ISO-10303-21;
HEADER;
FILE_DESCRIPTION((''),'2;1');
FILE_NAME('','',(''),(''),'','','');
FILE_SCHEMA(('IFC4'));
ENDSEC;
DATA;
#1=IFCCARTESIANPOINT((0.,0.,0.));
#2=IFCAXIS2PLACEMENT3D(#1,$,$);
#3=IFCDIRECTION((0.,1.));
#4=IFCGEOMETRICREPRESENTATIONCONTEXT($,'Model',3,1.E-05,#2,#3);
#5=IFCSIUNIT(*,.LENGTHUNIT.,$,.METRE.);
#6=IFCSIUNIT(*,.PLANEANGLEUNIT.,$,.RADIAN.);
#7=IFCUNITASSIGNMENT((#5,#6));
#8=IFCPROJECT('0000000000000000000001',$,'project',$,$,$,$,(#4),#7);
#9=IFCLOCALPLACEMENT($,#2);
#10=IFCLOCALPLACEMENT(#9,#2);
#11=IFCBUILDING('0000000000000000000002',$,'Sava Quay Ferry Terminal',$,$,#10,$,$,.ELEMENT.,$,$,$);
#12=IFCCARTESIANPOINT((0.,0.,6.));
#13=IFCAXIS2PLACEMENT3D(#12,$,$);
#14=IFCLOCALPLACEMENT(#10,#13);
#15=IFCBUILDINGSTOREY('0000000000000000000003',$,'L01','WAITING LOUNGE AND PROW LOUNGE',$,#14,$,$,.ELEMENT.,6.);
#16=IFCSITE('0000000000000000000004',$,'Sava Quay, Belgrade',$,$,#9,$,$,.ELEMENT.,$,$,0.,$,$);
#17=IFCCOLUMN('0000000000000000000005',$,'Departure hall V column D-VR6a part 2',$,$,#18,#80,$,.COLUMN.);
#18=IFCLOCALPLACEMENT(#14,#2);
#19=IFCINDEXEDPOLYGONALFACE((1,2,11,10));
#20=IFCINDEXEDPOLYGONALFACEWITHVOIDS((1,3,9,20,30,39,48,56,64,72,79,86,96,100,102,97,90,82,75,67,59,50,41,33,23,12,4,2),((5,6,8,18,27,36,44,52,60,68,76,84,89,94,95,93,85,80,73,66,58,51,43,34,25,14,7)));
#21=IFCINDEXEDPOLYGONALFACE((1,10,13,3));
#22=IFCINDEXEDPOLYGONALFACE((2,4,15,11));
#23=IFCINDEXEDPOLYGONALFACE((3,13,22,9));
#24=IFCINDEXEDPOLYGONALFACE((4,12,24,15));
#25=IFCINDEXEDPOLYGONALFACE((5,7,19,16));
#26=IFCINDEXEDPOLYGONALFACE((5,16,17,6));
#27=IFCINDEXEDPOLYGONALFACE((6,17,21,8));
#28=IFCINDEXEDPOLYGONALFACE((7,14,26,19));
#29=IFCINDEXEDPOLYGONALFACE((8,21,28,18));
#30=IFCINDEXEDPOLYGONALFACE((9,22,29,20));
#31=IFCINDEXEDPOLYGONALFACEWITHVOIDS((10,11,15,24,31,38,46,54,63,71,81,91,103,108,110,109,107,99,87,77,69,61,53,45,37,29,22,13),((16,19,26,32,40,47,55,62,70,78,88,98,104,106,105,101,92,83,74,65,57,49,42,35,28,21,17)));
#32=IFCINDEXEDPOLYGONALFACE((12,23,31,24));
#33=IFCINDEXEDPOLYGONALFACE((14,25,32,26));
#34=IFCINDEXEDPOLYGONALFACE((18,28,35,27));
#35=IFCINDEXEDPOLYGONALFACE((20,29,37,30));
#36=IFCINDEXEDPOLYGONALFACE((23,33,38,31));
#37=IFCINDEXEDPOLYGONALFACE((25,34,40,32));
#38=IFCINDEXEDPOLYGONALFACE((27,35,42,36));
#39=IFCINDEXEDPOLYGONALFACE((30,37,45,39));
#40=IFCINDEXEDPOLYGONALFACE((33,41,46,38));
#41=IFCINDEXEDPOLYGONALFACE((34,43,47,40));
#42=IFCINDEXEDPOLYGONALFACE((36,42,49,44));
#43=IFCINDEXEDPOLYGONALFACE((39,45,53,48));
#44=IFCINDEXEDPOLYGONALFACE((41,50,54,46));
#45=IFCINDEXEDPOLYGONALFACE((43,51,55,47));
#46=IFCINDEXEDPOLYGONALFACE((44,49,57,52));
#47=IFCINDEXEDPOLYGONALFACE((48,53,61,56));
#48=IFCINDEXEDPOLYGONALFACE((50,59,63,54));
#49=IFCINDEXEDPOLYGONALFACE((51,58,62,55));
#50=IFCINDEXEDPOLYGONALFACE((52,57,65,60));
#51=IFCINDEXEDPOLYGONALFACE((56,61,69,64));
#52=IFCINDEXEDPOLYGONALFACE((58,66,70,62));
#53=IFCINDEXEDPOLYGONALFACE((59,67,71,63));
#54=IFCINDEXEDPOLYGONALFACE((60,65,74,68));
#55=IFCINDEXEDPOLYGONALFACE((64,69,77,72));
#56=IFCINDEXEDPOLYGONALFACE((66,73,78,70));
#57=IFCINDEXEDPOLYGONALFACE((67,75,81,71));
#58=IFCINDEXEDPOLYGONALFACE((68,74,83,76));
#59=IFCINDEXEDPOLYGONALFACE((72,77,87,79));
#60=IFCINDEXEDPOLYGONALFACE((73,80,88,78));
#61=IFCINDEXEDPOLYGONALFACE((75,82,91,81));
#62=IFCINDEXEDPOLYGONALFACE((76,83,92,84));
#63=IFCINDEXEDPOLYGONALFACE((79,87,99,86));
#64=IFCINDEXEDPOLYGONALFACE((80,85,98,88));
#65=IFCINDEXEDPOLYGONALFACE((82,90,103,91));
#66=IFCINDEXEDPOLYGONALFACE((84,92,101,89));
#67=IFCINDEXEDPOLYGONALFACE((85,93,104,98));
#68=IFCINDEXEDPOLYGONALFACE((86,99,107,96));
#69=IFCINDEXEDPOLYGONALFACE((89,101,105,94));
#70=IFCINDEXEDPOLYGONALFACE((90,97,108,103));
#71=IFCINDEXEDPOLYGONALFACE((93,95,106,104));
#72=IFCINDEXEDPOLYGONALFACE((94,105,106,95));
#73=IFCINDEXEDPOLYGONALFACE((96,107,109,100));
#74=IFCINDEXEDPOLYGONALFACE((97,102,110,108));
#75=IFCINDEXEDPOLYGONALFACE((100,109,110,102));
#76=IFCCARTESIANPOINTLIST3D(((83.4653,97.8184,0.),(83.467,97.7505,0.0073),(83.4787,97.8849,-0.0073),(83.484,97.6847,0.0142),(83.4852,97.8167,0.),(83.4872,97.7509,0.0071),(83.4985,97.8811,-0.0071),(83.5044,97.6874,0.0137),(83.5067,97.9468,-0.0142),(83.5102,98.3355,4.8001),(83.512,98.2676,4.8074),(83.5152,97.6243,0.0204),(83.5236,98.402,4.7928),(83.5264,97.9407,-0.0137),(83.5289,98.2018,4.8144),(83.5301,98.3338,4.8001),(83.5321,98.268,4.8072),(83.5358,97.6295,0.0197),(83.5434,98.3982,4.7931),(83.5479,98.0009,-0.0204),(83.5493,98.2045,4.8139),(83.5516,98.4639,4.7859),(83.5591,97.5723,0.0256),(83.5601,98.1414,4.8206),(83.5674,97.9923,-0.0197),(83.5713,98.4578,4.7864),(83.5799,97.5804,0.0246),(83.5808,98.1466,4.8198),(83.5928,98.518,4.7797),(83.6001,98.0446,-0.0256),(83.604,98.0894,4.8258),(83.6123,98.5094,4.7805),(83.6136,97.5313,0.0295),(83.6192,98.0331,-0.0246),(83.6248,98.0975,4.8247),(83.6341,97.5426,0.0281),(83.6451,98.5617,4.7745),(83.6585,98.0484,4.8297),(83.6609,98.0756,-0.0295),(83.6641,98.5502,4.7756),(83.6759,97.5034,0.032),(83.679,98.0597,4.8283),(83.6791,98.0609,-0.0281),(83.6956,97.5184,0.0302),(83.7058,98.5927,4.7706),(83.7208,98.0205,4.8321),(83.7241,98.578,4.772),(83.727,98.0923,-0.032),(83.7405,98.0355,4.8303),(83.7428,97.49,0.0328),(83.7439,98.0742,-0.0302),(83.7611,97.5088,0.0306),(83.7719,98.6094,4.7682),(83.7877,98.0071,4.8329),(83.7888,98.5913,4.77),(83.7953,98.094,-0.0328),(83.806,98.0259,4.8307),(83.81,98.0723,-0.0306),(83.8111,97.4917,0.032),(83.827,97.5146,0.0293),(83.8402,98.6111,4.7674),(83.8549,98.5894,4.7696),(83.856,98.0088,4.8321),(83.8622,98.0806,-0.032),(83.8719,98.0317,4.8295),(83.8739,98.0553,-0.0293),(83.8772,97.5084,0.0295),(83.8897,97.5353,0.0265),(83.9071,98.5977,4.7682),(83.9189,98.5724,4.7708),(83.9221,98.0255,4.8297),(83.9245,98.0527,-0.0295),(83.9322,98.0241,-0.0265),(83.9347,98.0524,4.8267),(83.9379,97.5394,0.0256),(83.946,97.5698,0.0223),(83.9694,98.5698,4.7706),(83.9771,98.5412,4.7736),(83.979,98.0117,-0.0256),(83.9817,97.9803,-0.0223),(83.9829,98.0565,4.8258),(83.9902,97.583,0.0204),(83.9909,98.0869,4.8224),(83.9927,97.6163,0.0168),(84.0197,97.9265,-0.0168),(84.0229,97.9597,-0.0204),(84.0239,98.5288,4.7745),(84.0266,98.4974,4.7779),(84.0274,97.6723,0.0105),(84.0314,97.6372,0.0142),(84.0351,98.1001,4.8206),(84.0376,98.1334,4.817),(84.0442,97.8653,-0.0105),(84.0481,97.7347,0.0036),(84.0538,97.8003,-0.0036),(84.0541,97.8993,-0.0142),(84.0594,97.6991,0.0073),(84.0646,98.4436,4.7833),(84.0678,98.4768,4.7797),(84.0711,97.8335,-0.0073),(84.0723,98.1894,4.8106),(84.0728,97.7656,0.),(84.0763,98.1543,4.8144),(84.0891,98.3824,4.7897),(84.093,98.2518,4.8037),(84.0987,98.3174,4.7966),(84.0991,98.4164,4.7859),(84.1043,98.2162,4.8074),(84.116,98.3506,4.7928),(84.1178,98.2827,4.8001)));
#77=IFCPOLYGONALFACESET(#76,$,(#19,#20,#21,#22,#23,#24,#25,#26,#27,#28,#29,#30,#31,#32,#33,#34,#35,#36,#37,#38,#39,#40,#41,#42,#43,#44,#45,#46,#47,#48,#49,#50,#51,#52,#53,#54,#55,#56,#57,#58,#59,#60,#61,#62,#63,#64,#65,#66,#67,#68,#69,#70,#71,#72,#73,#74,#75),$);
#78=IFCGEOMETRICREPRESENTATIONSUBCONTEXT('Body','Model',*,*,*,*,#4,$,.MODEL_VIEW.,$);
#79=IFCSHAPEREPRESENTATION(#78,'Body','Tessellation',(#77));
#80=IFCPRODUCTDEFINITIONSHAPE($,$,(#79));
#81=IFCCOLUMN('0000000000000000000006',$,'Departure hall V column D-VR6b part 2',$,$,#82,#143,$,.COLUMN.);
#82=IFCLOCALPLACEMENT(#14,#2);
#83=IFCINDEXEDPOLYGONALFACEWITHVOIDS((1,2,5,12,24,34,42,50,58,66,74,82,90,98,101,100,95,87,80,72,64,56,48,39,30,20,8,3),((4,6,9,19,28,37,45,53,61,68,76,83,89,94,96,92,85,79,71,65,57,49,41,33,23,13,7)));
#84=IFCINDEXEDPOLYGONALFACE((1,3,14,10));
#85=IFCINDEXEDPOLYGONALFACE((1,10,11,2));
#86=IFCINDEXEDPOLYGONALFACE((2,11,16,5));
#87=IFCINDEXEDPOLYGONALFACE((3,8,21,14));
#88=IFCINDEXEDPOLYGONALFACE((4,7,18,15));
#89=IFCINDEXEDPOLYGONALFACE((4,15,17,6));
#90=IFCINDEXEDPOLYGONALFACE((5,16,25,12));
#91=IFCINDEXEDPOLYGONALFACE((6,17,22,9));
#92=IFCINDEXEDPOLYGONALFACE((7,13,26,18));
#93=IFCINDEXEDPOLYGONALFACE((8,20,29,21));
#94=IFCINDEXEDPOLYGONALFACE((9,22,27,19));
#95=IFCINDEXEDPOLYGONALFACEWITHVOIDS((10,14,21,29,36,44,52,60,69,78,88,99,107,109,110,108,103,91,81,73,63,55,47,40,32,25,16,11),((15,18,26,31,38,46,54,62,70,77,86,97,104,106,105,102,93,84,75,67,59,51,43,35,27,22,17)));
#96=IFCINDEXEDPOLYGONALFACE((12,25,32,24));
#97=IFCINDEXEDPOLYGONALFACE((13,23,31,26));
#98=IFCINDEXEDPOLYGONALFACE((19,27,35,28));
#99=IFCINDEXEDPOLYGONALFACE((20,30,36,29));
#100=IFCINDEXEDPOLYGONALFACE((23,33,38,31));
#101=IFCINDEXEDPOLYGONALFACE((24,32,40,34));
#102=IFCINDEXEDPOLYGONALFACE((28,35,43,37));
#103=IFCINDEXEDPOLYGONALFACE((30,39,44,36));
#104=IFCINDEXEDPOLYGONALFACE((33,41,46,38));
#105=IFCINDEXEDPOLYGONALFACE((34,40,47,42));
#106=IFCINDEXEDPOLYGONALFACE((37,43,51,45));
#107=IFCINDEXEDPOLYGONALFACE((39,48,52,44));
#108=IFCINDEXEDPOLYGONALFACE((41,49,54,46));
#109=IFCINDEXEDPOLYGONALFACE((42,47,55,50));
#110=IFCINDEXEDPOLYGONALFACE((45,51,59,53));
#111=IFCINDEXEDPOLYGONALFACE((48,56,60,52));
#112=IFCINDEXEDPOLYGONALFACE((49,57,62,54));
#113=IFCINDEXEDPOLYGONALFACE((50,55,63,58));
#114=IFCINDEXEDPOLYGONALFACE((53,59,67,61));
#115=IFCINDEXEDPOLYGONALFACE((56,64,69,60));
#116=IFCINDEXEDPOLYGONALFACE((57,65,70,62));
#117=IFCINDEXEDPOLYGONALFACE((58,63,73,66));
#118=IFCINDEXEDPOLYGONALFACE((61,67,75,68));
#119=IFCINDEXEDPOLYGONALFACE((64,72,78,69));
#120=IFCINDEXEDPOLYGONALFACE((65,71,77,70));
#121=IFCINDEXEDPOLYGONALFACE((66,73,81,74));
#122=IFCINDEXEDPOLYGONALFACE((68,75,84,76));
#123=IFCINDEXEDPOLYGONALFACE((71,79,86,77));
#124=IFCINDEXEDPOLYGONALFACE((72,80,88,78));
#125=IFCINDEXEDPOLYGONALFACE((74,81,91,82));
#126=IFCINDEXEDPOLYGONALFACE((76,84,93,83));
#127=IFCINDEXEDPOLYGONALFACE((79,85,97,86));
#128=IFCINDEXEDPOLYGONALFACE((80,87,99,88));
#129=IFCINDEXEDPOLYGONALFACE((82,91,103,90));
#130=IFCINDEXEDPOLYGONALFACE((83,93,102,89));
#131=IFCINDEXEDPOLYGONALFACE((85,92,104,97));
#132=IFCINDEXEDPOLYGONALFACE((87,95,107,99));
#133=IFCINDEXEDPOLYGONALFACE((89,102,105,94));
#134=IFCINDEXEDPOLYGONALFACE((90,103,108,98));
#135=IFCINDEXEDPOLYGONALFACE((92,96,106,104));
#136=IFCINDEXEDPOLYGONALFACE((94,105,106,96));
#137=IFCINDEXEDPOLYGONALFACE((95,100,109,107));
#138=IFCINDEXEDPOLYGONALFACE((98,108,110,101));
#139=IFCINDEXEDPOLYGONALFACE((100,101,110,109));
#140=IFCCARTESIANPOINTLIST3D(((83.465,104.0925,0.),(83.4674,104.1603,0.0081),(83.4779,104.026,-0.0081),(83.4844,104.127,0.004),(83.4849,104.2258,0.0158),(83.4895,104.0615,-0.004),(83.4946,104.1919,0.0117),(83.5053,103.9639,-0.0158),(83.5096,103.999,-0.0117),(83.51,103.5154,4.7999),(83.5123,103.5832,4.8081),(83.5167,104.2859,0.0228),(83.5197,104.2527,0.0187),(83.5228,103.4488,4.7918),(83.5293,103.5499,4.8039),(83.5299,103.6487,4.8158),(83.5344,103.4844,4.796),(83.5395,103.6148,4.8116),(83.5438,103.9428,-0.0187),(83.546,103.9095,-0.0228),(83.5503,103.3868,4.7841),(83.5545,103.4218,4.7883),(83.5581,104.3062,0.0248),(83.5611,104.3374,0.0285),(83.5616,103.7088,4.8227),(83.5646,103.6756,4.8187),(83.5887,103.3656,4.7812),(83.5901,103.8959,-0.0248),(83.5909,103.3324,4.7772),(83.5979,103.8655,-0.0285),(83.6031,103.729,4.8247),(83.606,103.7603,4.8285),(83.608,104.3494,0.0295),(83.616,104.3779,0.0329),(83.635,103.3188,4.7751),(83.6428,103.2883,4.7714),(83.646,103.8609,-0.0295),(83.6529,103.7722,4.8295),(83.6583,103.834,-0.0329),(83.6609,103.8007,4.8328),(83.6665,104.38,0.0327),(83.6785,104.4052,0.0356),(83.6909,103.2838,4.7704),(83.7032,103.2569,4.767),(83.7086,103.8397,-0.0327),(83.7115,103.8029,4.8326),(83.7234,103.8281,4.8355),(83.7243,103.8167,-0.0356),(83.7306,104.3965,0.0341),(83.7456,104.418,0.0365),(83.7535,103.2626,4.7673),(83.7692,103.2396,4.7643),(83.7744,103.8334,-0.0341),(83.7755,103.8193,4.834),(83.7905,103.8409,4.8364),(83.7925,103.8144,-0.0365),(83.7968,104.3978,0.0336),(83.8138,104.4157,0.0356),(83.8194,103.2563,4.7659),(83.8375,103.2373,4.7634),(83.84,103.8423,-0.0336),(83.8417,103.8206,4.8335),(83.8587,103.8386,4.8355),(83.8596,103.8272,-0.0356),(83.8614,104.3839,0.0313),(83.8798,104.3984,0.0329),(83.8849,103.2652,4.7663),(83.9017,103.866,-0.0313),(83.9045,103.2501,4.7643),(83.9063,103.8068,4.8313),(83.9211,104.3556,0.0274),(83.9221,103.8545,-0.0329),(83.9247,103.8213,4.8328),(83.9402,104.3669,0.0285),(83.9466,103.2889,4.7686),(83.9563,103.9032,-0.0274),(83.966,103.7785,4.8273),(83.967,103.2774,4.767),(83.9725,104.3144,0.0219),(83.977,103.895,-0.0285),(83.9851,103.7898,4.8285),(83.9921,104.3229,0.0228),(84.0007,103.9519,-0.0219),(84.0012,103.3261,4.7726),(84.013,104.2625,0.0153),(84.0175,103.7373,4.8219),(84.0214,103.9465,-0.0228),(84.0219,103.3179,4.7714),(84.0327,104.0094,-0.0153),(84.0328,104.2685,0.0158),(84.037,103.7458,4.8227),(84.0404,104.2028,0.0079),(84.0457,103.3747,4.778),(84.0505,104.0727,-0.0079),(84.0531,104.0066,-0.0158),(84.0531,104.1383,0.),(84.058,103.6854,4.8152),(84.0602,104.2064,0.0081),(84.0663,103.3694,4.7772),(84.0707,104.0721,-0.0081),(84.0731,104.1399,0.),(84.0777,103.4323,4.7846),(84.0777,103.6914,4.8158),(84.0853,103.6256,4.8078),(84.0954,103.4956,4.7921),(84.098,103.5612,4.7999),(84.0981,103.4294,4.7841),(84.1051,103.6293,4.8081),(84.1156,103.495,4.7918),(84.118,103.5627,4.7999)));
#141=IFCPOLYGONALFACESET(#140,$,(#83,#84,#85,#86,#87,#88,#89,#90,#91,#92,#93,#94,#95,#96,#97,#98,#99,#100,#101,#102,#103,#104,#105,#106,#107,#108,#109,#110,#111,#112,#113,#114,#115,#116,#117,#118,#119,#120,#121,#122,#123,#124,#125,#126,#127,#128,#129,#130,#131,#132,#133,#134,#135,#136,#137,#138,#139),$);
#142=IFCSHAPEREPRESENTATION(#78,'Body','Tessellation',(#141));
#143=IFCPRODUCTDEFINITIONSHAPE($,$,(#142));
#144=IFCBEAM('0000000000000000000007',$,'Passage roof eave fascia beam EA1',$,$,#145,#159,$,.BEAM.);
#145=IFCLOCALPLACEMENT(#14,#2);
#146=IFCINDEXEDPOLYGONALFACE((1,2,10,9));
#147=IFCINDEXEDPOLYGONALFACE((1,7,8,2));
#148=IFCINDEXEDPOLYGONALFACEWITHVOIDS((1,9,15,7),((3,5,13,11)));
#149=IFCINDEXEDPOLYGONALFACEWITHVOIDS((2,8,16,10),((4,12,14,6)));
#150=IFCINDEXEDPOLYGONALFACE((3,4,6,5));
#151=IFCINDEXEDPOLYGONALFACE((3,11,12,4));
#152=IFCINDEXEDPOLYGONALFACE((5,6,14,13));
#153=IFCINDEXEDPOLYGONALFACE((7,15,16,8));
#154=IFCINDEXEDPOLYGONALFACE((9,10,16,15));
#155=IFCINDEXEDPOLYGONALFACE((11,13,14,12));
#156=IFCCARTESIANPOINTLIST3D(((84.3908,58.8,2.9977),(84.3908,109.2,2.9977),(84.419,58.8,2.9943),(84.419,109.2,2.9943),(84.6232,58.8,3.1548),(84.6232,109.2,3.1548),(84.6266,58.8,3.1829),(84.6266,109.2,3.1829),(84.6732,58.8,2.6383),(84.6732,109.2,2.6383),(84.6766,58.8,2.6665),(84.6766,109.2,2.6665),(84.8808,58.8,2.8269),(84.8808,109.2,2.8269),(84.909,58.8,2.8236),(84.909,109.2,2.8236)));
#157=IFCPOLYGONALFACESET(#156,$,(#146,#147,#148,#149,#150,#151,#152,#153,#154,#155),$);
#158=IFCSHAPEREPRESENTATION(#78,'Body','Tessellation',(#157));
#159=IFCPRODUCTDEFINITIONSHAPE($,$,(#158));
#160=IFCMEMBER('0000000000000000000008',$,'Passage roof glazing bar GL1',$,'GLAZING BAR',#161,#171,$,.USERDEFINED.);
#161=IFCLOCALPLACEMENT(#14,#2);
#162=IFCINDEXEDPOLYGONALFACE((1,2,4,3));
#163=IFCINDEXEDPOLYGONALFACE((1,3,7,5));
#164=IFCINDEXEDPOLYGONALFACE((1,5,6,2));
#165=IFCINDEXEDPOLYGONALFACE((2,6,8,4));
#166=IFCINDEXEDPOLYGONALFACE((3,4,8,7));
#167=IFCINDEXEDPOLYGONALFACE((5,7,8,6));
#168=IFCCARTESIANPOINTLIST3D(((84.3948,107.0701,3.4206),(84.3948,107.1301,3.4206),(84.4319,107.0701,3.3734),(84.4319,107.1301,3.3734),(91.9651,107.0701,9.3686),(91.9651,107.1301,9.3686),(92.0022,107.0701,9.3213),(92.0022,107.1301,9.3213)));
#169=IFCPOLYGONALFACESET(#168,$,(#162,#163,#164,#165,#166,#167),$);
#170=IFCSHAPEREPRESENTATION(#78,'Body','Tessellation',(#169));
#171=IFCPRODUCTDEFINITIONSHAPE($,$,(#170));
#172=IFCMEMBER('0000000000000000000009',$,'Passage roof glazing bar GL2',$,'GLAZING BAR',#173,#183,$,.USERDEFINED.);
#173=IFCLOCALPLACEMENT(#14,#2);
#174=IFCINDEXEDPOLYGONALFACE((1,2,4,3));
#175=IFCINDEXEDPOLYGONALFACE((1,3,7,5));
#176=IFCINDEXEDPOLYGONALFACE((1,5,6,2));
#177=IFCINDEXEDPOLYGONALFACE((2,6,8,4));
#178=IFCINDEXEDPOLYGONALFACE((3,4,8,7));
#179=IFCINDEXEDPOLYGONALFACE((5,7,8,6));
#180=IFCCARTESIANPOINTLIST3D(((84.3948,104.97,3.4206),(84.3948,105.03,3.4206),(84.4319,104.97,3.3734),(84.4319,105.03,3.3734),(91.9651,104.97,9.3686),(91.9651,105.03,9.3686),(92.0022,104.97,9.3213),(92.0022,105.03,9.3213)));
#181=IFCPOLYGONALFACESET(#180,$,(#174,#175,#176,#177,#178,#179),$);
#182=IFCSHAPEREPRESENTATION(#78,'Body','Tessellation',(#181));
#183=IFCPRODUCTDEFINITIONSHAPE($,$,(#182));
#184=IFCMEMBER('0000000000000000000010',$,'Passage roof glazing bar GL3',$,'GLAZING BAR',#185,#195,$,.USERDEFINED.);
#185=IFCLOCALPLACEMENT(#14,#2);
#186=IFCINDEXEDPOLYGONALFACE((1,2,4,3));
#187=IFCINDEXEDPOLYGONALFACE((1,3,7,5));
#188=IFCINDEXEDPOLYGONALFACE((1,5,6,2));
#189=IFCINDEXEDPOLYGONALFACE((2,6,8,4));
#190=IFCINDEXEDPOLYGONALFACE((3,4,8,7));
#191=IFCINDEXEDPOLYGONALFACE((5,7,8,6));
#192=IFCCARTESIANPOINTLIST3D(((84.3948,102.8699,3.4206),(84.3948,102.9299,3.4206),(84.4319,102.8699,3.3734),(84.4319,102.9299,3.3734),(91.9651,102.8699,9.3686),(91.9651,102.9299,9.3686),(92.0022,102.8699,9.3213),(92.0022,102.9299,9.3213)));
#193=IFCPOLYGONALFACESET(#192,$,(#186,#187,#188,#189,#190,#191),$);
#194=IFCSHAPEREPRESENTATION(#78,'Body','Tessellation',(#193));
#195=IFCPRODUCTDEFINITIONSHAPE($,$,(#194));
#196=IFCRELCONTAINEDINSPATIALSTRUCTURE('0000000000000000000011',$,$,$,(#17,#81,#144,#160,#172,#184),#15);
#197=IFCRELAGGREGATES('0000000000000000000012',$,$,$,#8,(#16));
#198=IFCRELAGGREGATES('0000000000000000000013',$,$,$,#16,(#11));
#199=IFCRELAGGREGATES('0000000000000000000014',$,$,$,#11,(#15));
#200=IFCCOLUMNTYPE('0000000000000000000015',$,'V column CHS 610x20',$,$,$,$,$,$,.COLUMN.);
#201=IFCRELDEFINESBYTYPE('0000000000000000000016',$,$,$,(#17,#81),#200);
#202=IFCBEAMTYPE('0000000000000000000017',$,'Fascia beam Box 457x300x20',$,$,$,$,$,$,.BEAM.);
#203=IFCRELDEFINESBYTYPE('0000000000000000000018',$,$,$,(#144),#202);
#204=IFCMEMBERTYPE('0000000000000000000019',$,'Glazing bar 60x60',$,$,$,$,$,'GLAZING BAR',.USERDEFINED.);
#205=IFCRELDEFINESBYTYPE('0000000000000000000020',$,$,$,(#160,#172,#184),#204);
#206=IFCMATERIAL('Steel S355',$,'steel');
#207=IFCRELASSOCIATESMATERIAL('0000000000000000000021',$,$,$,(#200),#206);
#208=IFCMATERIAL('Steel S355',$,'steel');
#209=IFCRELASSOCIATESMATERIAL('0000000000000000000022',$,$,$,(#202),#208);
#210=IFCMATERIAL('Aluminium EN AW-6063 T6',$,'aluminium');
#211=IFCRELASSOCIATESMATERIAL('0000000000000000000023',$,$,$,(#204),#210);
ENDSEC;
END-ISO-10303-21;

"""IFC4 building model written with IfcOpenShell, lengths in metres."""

from ifc_helpers import new_model, si_unit, direction, frame, origin, origin_2d, place, context, subcontext, project, spatial, polyline, rectangle, hollow_circle, outline, extrude, material, material_profile, profile_set, type_object, element, save


model = new_model("IFC4")

# Units and contexts
model_context = context("Model", 3, precision=1e-05, world=origin(), true_north=direction((0.0, 1.0)))
body_context = subcontext(model_context, "Body", "Model", "MODEL_VIEW")
ifc_project = project(units=[si_unit("LENGTHUNIT", "METRE"), si_unit("PLANEANGLEUNIT", "RADIAN")], contexts=[model_context])

# Site, building, storey
site_placement = place(None, origin())
site = spatial("IfcSite", under=ifc_project, at=site_placement, Name="Sava Quay, Belgrade", CompositionType="ELEMENT", RefElevation=0.0)
building_placement = place(site_placement, origin())
building = spatial("IfcBuilding", under=site, at=building_placement, Name="Sava Quay Ferry Terminal", CompositionType="ELEMENT")
storey_placement = place(building_placement, frame((0.0, 0.0, 6.0)))
storey = spatial("IfcBuildingStorey", under=building, at=storey_placement, Name="L01", Description="WAITING LOUNGE AND PROW LOUNGE", CompositionType="ELEMENT", Elevation=6.0)

# Columns
ifc_material_1 = material(Name="Steel S355", Category="steel")
ifc_material_profile_1 = material_profile(ifc_material_1, hollow_circle(Radius=0.3049, WallThickness=0.02, at=origin_2d()), Name="CHS 610 x 20.0")
ifc_profile_set_1 = profile_set([ifc_material_profile_1], Name="Steel S355")
column_type = type_object("IfcColumnType", Name="V column CHS 610x20", PredefinedType="COLUMN", material=ifc_profile_set_1)
column_1_placement = place(storey_placement, frame((83.769, 97.792, 0.0), z_axis=(0.009304, 0.107102, 0.994205), x_axis=(-0.996248, 0.086548, 0.0)))
element("IfcColumn", 1, at=column_1_placement, inside=storey, type_object=column_type, Name="Departure hall V column D-VR6a part 2", PredefinedType="COLUMN", context=body_context, shape_type="SweptSolid", body=[
    extrude(hollow_circle(Radius=0.3049, WallThickness=0.02, at=origin_2d()), origin(), (0.0, 0.0, 1.0), 4.8281),
])
column_2_placement = place(storey_placement, frame((83.769, 104.1162, 0.0), z_axis=(0.009291, -0.119373, 0.992806), x_axis=(0.996985, 0.077599, 0.0)))
element("IfcColumn", 2, at=column_2_placement, inside=storey, type_object=column_type, Name="Departure hall V column D-VR6b part 2", PredefinedType="COLUMN", context=body_context, shape_type="SweptSolid", body=[
    extrude(hollow_circle(Radius=0.3049, WallThickness=0.02, at=origin_2d()), origin(), (0.0, 0.0, 1.0), 4.8347),
])

# Beam
ifc_material_2 = material(Name="Steel S355", Category="steel")
ifc_material_profile_2 = material_profile(ifc_material_2, outline(polyline([(-0.1499, -0.2285), (0.1499, -0.2285), (0.1499, 0.2285), (-0.1499, 0.2285), (-0.1499, -0.2285)]), holes=[polyline([(-0.1299, -0.2085), (-0.1299, 0.2085), (0.1299, 0.2085), (0.1299, -0.2085), (-0.1299, -0.2085)])]), Name="Box 457x300x20 built-up")
ifc_profile_set_2 = profile_set([ifc_material_profile_2], Name="Steel S355")
beam_type = type_object("IfcBeamType", Name="Fascia beam Box 457x300x20", PredefinedType="BEAM", material=ifc_profile_set_2)
beam_placement = place(storey_placement, frame((84.6499, 109.2, 2.9106), z_axis=(0.0, -1.0, 0.0), x_axis=(0.786318, 0.0, 0.617822)))
element("IfcBeam", 3, at=beam_placement, inside=storey, type_object=beam_type, Name="Passage roof eave fascia beam EA1", PredefinedType="BEAM", context=body_context, shape_type="SweptSolid", body=[
    extrude(outline(polyline([(-0.1499, -0.2285), (0.1499, -0.2285), (0.1499, 0.2285), (-0.1499, 0.2285), (-0.1499, -0.2285)]), holes=[polyline([(-0.1299, -0.2085), (-0.1299, 0.2085), (0.1299, 0.2085), (0.1299, -0.2085), (-0.1299, -0.2085)])]), origin(), (0.0, 0.0, 1.0), 50.3999),
])

# Members
ifc_material_3 = material(Name="Aluminium EN AW-6063 T6", Category="aluminium")
ifc_material_profile_3 = material_profile(ifc_material_3, rectangle(XDim=0.0601, YDim=0.0601, at=origin_2d()), Name="Bar 60 x 60")
ifc_profile_set_3 = profile_set([ifc_material_profile_3], Name="Aluminium EN AW-6063 T6")
member_type_1 = type_object("IfcMemberType", Name="Glazing bar 60x60", ElementType="GLAZING BAR", PredefinedType="USERDEFINED", material=ifc_profile_set_3)
for number, where, z_axis, x_axis, name in (
    (4, (84.4133, 107.1001, 3.397), (0.786324, 0.0, 0.617815), (0.0, 1.0, 0.0), "Passage roof glazing bar GL1"),
    (5, (84.4133, 105.0, 3.397), (0.786324, 0.0, 0.617815), (0.0, 1.0, 0.0), "Passage roof glazing bar GL2"),
    (6, (84.4133, 102.8999, 3.397), (0.786324, 0.0, 0.617815), (0.0, 1.0, 0.0), "Passage roof glazing bar GL3"),
):
    element("IfcMember", number, at=place(storey_placement, frame(where, z_axis=z_axis, x_axis=x_axis)), inside=storey, type_object=member_type_1, Name=name, ObjectType="GLAZING BAR", PredefinedType="USERDEFINED", context=body_context, shape_type="SweptSolid", body=[
        extrude(rectangle(XDim=0.0601, YDim=0.0601, at=origin_2d()), origin(), (0.0, 0.0, 1.0), 9.6274),
    ])

save(model, "model.ifc")
